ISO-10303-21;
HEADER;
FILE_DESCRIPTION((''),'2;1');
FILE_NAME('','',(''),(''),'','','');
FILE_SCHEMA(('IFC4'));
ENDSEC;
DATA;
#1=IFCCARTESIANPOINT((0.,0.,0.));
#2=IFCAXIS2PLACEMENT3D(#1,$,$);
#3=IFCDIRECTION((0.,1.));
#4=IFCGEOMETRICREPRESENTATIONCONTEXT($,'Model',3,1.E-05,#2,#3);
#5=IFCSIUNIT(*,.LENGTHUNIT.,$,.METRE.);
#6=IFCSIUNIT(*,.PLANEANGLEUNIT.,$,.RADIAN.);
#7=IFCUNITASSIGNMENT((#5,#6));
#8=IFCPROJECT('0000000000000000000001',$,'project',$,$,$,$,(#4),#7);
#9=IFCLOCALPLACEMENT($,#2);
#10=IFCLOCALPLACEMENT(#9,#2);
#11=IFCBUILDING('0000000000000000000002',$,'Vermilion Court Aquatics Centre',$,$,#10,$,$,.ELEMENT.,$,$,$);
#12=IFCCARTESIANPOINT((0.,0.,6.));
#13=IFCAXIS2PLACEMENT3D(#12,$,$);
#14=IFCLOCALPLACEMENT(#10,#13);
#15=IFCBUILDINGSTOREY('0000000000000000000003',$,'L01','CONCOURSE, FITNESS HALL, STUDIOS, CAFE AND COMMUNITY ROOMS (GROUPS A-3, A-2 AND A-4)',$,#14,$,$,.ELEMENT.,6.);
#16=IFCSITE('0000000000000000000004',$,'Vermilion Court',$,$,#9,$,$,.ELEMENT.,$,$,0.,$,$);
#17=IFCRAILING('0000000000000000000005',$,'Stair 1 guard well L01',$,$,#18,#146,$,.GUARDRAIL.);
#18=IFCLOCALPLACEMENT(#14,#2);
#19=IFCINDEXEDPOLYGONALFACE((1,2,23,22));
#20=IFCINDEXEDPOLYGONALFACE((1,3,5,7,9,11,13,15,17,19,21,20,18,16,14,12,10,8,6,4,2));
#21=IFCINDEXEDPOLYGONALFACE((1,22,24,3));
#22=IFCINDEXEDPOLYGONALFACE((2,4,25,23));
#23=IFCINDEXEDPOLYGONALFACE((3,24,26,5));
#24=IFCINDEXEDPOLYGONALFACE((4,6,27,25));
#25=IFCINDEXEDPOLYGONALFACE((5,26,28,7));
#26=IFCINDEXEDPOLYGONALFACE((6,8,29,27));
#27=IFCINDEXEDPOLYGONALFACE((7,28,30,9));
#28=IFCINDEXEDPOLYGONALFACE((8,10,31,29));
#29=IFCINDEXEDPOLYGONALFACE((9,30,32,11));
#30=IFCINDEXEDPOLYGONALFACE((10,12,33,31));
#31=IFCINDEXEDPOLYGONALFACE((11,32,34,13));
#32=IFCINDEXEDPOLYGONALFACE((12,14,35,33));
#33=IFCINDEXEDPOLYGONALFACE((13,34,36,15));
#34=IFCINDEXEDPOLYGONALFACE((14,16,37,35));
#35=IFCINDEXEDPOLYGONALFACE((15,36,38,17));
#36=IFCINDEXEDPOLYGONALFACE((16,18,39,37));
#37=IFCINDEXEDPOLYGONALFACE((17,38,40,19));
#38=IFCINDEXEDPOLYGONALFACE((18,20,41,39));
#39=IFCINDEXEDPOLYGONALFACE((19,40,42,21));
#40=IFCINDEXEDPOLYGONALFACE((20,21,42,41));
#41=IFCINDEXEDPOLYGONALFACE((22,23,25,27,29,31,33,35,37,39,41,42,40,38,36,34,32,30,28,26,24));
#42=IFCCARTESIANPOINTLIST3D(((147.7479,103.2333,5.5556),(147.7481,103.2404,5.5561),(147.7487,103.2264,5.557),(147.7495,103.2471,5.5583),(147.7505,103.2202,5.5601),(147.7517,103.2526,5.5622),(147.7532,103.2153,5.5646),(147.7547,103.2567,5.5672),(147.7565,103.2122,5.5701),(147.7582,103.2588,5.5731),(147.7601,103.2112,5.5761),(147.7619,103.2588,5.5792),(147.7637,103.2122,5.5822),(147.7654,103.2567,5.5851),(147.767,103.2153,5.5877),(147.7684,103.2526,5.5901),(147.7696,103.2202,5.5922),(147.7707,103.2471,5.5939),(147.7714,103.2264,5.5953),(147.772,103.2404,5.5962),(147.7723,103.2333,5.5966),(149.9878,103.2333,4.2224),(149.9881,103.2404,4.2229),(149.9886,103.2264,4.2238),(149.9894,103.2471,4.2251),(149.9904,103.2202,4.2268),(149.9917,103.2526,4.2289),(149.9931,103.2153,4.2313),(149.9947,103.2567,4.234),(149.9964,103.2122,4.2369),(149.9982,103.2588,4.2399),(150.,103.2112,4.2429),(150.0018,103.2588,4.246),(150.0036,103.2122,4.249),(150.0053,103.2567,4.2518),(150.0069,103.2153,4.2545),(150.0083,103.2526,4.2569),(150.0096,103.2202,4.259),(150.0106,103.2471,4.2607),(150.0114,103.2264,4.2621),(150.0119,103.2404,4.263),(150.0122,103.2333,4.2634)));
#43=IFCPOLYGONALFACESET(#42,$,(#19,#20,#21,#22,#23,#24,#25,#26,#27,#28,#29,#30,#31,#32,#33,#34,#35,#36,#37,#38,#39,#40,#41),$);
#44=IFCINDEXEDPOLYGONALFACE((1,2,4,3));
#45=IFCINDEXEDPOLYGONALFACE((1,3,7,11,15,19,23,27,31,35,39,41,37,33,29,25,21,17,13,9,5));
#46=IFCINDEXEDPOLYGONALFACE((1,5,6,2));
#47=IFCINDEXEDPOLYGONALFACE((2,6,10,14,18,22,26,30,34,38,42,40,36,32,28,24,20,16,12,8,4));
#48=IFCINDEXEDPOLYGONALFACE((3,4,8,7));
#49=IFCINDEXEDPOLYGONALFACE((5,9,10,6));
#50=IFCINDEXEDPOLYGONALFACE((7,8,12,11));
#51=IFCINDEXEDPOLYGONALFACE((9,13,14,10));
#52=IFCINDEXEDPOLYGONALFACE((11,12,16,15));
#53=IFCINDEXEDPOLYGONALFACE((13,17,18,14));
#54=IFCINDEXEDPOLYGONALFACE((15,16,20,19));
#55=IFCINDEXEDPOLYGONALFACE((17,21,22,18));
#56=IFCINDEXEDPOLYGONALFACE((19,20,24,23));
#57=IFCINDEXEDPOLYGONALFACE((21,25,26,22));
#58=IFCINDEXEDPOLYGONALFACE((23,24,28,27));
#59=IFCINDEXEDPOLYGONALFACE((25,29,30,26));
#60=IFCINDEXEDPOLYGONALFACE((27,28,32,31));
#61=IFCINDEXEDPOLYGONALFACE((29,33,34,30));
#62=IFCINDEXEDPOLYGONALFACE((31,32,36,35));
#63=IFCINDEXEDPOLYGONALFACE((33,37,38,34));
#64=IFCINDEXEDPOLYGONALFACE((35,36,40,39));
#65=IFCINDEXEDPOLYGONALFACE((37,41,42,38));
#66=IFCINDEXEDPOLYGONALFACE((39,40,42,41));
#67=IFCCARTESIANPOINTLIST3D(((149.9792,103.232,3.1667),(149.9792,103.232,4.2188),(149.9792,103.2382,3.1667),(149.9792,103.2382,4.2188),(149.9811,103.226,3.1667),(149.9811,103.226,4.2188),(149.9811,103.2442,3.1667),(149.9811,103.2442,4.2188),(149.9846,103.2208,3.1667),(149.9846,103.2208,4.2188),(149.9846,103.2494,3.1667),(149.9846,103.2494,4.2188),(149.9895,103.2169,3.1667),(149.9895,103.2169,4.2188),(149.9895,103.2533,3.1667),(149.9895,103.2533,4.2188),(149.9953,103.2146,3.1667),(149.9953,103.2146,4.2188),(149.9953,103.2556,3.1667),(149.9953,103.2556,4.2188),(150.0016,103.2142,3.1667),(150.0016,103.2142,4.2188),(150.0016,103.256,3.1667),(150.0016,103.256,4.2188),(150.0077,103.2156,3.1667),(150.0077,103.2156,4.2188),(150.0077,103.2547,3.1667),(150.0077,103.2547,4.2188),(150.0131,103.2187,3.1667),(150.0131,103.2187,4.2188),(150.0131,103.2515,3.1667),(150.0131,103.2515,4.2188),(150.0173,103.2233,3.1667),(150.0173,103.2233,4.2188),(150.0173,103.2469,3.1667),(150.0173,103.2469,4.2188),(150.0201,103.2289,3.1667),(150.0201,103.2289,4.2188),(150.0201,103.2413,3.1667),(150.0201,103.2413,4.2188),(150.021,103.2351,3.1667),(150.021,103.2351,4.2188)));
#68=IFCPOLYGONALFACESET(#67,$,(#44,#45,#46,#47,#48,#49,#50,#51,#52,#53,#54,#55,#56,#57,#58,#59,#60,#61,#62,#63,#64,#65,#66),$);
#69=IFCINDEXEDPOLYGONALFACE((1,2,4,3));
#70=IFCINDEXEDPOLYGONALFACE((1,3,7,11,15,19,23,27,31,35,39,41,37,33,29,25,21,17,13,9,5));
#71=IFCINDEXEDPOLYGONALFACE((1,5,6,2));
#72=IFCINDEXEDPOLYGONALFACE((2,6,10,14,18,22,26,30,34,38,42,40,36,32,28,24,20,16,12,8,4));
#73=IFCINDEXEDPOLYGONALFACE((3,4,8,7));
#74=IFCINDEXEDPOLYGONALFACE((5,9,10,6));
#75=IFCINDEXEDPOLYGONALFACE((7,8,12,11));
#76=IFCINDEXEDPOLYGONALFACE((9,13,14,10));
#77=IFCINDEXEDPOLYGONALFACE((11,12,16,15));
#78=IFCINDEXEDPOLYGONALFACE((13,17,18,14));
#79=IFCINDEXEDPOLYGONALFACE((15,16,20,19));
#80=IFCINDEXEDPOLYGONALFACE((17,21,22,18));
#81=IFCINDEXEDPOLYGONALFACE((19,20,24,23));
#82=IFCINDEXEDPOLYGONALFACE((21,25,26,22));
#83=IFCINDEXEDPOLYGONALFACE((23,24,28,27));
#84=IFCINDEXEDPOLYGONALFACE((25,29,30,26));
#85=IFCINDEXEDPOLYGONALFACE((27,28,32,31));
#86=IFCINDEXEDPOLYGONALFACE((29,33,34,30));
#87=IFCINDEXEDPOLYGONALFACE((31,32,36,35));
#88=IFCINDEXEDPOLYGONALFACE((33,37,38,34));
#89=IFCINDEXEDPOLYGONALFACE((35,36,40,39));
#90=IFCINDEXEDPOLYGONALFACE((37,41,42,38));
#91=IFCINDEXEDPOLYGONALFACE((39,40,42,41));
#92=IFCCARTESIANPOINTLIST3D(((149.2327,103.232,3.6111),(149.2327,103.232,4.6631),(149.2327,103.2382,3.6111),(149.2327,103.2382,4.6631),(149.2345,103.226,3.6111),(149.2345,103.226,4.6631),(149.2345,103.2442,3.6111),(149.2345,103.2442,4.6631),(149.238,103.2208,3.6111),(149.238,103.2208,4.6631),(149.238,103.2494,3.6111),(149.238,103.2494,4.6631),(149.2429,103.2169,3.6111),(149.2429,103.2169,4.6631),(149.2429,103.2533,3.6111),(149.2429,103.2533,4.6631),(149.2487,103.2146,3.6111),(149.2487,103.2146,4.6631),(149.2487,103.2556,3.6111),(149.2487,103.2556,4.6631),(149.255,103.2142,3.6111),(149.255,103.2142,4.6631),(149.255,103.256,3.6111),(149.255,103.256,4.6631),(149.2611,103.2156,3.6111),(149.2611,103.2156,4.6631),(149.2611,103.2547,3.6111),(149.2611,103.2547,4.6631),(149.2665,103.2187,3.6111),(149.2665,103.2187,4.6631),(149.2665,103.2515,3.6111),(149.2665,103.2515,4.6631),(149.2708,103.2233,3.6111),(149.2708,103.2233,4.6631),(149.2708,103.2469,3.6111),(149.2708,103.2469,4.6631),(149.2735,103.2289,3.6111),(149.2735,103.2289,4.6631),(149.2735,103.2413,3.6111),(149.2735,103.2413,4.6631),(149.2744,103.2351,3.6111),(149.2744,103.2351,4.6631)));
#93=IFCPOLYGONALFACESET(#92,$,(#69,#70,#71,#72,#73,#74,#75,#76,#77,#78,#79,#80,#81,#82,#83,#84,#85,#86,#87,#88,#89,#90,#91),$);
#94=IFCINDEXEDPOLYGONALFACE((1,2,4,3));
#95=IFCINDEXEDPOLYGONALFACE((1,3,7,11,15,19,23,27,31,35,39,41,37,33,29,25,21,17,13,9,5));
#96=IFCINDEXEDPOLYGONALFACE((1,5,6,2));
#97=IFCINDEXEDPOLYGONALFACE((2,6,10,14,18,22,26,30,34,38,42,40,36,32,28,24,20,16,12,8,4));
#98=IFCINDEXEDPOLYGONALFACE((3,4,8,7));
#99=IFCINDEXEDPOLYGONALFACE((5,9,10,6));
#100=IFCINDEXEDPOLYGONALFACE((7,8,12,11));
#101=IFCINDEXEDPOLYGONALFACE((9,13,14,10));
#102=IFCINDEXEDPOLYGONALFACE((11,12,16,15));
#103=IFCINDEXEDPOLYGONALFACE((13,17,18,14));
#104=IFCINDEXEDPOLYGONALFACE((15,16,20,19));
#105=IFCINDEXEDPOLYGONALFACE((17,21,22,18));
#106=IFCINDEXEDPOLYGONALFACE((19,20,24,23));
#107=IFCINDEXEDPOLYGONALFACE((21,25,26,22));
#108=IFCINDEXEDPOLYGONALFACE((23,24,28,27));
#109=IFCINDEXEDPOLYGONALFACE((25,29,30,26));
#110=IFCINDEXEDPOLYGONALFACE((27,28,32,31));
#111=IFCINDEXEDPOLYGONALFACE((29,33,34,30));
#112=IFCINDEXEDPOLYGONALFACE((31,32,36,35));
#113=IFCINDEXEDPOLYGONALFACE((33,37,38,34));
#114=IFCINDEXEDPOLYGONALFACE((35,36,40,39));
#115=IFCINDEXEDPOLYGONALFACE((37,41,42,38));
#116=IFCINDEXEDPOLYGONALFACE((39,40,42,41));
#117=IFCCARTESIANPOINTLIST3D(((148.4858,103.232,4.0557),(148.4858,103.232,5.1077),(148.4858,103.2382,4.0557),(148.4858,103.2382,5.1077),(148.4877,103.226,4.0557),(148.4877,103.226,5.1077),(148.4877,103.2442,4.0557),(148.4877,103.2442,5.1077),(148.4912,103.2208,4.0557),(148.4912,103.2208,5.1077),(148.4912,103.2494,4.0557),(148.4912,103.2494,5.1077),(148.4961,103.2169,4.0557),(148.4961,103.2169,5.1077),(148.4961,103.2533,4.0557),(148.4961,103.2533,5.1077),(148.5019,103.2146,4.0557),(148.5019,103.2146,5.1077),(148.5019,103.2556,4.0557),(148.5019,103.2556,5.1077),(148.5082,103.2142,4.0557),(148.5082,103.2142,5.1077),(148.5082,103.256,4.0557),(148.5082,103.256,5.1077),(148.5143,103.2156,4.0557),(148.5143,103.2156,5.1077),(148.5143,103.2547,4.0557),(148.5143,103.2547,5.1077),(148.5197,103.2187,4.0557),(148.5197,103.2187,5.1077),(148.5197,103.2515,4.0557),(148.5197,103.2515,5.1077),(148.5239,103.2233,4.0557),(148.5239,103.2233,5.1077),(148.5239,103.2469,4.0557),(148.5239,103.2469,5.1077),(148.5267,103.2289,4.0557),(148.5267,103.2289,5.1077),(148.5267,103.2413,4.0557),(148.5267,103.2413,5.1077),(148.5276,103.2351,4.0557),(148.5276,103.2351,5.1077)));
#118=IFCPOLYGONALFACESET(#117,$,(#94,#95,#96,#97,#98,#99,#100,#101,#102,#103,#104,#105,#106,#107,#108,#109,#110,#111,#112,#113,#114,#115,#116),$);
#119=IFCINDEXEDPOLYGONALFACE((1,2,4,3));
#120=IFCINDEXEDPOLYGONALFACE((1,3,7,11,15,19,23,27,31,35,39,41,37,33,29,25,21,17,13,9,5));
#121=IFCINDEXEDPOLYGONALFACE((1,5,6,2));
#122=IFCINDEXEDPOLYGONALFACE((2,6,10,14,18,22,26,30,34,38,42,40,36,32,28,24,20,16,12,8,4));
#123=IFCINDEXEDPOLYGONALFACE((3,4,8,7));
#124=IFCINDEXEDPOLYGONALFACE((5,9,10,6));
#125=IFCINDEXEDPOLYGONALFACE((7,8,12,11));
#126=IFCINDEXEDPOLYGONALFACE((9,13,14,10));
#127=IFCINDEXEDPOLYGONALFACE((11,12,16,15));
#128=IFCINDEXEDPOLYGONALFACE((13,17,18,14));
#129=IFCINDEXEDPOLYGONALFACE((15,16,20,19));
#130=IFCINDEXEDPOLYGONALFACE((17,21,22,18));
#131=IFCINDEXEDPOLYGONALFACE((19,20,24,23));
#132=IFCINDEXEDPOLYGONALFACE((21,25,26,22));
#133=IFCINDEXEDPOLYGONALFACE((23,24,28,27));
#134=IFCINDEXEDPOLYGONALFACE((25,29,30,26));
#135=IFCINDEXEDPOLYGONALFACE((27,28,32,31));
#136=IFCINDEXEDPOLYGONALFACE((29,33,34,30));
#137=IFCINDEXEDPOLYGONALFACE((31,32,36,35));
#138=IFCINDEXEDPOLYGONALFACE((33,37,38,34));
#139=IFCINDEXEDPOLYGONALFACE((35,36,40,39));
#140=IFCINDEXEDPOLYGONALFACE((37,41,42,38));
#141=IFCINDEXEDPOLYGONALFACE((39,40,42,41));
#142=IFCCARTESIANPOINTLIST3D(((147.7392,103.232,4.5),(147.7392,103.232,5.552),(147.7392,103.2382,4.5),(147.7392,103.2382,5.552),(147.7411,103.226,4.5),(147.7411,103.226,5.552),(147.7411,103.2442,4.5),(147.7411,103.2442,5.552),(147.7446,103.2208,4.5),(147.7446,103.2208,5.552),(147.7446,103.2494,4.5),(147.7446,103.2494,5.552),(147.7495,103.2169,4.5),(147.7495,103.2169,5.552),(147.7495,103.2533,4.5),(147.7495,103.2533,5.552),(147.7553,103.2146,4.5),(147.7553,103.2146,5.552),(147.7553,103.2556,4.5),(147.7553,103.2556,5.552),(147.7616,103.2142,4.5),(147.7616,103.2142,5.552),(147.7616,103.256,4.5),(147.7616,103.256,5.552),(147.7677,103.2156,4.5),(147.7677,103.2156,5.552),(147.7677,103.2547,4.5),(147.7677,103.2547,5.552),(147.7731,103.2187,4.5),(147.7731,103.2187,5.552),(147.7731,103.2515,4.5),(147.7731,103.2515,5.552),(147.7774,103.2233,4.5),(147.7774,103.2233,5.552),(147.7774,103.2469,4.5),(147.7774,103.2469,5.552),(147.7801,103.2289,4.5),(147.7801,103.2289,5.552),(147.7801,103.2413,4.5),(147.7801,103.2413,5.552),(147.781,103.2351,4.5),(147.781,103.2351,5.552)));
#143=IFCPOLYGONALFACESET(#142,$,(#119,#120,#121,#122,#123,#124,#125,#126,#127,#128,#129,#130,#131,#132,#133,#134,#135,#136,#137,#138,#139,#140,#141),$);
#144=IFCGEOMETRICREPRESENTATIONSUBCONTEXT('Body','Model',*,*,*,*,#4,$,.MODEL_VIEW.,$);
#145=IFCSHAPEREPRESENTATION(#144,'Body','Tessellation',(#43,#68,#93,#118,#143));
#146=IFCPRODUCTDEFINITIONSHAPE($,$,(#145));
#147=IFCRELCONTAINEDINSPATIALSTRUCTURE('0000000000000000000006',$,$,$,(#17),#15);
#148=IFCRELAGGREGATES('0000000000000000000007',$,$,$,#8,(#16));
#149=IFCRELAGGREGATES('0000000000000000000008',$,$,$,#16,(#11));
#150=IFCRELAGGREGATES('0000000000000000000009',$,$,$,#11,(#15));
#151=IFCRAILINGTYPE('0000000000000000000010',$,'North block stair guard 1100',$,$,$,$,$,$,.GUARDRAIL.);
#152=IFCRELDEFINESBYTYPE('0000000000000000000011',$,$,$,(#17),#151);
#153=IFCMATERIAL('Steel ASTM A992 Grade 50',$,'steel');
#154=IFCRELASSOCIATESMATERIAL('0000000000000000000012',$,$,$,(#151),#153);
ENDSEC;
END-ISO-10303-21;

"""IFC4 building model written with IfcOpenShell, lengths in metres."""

from ifc_helpers import new_model, si_unit, direction, frame, origin, origin_2d, place, context, subcontext, project, spatial, circle, extrude, material, type_object, element, save


model = new_model("IFC4")

# Units and contexts
model_context = context("Model", 3, precision=1e-05, world=origin(), true_north=direction((0.0, 1.0)))
body_context = subcontext(model_context, "Body", "Model", "MODEL_VIEW")
ifc_project = project(units=[si_unit("LENGTHUNIT", "METRE"), si_unit("PLANEANGLEUNIT", "RADIAN")], contexts=[model_context])

# Site, building, storey
site_placement = place(None, origin())
site = spatial("IfcSite", under=ifc_project, at=site_placement, Name="Vermilion Court", CompositionType="ELEMENT", RefElevation=0.0)
building_placement = place(site_placement, origin())
building = spatial("IfcBuilding", under=site, at=building_placement, Name="Vermilion Court Aquatics Centre", CompositionType="ELEMENT")
storey_placement = place(building_placement, frame((0.0, 0.0, 6.0)))
storey = spatial("IfcBuildingStorey", under=building, at=storey_placement, Name="L01", Description="CONCOURSE, FITNESS HALL, STUDIOS, CAFE AND COMMUNITY ROOMS (GROUPS A-3, A-2 AND A-4)", CompositionType="ELEMENT", Elevation=6.0)

# Railing
ifc_material_1 = material(Name="Steel ASTM A992 Grade 50", Category="steel")
railing_type_1 = type_object("IfcRailingType", Name="North block stair guard 1100", PredefinedType="GUARDRAIL", material=ifc_material_1)
for number, where, name in (
    (1, (150.0, 103.2351, 3.1667), "Stair 1 guard well L01"),
):
    element("IfcRailing", number, at=place(storey_placement, frame(where)), inside=storey, type_object=railing_type_1, Name=name, PredefinedType="GUARDRAIL", context=body_context, shape_type="SweptSolid", body=[
        extrude(circle(Radius=0.0239, at=origin_2d()), frame((0.0, 0.0, 1.0762), z_axis=(-0.859306, 0.0, 0.511462), x_axis=(0.0, -1.0, 0.0)), (0.0, 0.0, 1.0), 2.6067),
        extrude(circle(Radius=0.021, at=origin_2d()), origin(), (0.0, 0.0, 1.0), 1.052),
        extrude(circle(Radius=0.021, at=origin_2d()), frame((-0.7466, 0.0, 0.4443)), (0.0, 0.0, 1.0), 1.052),
        extrude(circle(Radius=0.021, at=origin_2d()), frame((-1.4934, 0.0, 0.8889)), (0.0, 0.0, 1.0), 1.052),
        extrude(circle(Radius=0.021, at=origin_2d()), frame((-2.24, 0.0, 1.3333)), (0.0, 0.0, 1.0), 1.052),
    ])

save(model, "model.ifc")
